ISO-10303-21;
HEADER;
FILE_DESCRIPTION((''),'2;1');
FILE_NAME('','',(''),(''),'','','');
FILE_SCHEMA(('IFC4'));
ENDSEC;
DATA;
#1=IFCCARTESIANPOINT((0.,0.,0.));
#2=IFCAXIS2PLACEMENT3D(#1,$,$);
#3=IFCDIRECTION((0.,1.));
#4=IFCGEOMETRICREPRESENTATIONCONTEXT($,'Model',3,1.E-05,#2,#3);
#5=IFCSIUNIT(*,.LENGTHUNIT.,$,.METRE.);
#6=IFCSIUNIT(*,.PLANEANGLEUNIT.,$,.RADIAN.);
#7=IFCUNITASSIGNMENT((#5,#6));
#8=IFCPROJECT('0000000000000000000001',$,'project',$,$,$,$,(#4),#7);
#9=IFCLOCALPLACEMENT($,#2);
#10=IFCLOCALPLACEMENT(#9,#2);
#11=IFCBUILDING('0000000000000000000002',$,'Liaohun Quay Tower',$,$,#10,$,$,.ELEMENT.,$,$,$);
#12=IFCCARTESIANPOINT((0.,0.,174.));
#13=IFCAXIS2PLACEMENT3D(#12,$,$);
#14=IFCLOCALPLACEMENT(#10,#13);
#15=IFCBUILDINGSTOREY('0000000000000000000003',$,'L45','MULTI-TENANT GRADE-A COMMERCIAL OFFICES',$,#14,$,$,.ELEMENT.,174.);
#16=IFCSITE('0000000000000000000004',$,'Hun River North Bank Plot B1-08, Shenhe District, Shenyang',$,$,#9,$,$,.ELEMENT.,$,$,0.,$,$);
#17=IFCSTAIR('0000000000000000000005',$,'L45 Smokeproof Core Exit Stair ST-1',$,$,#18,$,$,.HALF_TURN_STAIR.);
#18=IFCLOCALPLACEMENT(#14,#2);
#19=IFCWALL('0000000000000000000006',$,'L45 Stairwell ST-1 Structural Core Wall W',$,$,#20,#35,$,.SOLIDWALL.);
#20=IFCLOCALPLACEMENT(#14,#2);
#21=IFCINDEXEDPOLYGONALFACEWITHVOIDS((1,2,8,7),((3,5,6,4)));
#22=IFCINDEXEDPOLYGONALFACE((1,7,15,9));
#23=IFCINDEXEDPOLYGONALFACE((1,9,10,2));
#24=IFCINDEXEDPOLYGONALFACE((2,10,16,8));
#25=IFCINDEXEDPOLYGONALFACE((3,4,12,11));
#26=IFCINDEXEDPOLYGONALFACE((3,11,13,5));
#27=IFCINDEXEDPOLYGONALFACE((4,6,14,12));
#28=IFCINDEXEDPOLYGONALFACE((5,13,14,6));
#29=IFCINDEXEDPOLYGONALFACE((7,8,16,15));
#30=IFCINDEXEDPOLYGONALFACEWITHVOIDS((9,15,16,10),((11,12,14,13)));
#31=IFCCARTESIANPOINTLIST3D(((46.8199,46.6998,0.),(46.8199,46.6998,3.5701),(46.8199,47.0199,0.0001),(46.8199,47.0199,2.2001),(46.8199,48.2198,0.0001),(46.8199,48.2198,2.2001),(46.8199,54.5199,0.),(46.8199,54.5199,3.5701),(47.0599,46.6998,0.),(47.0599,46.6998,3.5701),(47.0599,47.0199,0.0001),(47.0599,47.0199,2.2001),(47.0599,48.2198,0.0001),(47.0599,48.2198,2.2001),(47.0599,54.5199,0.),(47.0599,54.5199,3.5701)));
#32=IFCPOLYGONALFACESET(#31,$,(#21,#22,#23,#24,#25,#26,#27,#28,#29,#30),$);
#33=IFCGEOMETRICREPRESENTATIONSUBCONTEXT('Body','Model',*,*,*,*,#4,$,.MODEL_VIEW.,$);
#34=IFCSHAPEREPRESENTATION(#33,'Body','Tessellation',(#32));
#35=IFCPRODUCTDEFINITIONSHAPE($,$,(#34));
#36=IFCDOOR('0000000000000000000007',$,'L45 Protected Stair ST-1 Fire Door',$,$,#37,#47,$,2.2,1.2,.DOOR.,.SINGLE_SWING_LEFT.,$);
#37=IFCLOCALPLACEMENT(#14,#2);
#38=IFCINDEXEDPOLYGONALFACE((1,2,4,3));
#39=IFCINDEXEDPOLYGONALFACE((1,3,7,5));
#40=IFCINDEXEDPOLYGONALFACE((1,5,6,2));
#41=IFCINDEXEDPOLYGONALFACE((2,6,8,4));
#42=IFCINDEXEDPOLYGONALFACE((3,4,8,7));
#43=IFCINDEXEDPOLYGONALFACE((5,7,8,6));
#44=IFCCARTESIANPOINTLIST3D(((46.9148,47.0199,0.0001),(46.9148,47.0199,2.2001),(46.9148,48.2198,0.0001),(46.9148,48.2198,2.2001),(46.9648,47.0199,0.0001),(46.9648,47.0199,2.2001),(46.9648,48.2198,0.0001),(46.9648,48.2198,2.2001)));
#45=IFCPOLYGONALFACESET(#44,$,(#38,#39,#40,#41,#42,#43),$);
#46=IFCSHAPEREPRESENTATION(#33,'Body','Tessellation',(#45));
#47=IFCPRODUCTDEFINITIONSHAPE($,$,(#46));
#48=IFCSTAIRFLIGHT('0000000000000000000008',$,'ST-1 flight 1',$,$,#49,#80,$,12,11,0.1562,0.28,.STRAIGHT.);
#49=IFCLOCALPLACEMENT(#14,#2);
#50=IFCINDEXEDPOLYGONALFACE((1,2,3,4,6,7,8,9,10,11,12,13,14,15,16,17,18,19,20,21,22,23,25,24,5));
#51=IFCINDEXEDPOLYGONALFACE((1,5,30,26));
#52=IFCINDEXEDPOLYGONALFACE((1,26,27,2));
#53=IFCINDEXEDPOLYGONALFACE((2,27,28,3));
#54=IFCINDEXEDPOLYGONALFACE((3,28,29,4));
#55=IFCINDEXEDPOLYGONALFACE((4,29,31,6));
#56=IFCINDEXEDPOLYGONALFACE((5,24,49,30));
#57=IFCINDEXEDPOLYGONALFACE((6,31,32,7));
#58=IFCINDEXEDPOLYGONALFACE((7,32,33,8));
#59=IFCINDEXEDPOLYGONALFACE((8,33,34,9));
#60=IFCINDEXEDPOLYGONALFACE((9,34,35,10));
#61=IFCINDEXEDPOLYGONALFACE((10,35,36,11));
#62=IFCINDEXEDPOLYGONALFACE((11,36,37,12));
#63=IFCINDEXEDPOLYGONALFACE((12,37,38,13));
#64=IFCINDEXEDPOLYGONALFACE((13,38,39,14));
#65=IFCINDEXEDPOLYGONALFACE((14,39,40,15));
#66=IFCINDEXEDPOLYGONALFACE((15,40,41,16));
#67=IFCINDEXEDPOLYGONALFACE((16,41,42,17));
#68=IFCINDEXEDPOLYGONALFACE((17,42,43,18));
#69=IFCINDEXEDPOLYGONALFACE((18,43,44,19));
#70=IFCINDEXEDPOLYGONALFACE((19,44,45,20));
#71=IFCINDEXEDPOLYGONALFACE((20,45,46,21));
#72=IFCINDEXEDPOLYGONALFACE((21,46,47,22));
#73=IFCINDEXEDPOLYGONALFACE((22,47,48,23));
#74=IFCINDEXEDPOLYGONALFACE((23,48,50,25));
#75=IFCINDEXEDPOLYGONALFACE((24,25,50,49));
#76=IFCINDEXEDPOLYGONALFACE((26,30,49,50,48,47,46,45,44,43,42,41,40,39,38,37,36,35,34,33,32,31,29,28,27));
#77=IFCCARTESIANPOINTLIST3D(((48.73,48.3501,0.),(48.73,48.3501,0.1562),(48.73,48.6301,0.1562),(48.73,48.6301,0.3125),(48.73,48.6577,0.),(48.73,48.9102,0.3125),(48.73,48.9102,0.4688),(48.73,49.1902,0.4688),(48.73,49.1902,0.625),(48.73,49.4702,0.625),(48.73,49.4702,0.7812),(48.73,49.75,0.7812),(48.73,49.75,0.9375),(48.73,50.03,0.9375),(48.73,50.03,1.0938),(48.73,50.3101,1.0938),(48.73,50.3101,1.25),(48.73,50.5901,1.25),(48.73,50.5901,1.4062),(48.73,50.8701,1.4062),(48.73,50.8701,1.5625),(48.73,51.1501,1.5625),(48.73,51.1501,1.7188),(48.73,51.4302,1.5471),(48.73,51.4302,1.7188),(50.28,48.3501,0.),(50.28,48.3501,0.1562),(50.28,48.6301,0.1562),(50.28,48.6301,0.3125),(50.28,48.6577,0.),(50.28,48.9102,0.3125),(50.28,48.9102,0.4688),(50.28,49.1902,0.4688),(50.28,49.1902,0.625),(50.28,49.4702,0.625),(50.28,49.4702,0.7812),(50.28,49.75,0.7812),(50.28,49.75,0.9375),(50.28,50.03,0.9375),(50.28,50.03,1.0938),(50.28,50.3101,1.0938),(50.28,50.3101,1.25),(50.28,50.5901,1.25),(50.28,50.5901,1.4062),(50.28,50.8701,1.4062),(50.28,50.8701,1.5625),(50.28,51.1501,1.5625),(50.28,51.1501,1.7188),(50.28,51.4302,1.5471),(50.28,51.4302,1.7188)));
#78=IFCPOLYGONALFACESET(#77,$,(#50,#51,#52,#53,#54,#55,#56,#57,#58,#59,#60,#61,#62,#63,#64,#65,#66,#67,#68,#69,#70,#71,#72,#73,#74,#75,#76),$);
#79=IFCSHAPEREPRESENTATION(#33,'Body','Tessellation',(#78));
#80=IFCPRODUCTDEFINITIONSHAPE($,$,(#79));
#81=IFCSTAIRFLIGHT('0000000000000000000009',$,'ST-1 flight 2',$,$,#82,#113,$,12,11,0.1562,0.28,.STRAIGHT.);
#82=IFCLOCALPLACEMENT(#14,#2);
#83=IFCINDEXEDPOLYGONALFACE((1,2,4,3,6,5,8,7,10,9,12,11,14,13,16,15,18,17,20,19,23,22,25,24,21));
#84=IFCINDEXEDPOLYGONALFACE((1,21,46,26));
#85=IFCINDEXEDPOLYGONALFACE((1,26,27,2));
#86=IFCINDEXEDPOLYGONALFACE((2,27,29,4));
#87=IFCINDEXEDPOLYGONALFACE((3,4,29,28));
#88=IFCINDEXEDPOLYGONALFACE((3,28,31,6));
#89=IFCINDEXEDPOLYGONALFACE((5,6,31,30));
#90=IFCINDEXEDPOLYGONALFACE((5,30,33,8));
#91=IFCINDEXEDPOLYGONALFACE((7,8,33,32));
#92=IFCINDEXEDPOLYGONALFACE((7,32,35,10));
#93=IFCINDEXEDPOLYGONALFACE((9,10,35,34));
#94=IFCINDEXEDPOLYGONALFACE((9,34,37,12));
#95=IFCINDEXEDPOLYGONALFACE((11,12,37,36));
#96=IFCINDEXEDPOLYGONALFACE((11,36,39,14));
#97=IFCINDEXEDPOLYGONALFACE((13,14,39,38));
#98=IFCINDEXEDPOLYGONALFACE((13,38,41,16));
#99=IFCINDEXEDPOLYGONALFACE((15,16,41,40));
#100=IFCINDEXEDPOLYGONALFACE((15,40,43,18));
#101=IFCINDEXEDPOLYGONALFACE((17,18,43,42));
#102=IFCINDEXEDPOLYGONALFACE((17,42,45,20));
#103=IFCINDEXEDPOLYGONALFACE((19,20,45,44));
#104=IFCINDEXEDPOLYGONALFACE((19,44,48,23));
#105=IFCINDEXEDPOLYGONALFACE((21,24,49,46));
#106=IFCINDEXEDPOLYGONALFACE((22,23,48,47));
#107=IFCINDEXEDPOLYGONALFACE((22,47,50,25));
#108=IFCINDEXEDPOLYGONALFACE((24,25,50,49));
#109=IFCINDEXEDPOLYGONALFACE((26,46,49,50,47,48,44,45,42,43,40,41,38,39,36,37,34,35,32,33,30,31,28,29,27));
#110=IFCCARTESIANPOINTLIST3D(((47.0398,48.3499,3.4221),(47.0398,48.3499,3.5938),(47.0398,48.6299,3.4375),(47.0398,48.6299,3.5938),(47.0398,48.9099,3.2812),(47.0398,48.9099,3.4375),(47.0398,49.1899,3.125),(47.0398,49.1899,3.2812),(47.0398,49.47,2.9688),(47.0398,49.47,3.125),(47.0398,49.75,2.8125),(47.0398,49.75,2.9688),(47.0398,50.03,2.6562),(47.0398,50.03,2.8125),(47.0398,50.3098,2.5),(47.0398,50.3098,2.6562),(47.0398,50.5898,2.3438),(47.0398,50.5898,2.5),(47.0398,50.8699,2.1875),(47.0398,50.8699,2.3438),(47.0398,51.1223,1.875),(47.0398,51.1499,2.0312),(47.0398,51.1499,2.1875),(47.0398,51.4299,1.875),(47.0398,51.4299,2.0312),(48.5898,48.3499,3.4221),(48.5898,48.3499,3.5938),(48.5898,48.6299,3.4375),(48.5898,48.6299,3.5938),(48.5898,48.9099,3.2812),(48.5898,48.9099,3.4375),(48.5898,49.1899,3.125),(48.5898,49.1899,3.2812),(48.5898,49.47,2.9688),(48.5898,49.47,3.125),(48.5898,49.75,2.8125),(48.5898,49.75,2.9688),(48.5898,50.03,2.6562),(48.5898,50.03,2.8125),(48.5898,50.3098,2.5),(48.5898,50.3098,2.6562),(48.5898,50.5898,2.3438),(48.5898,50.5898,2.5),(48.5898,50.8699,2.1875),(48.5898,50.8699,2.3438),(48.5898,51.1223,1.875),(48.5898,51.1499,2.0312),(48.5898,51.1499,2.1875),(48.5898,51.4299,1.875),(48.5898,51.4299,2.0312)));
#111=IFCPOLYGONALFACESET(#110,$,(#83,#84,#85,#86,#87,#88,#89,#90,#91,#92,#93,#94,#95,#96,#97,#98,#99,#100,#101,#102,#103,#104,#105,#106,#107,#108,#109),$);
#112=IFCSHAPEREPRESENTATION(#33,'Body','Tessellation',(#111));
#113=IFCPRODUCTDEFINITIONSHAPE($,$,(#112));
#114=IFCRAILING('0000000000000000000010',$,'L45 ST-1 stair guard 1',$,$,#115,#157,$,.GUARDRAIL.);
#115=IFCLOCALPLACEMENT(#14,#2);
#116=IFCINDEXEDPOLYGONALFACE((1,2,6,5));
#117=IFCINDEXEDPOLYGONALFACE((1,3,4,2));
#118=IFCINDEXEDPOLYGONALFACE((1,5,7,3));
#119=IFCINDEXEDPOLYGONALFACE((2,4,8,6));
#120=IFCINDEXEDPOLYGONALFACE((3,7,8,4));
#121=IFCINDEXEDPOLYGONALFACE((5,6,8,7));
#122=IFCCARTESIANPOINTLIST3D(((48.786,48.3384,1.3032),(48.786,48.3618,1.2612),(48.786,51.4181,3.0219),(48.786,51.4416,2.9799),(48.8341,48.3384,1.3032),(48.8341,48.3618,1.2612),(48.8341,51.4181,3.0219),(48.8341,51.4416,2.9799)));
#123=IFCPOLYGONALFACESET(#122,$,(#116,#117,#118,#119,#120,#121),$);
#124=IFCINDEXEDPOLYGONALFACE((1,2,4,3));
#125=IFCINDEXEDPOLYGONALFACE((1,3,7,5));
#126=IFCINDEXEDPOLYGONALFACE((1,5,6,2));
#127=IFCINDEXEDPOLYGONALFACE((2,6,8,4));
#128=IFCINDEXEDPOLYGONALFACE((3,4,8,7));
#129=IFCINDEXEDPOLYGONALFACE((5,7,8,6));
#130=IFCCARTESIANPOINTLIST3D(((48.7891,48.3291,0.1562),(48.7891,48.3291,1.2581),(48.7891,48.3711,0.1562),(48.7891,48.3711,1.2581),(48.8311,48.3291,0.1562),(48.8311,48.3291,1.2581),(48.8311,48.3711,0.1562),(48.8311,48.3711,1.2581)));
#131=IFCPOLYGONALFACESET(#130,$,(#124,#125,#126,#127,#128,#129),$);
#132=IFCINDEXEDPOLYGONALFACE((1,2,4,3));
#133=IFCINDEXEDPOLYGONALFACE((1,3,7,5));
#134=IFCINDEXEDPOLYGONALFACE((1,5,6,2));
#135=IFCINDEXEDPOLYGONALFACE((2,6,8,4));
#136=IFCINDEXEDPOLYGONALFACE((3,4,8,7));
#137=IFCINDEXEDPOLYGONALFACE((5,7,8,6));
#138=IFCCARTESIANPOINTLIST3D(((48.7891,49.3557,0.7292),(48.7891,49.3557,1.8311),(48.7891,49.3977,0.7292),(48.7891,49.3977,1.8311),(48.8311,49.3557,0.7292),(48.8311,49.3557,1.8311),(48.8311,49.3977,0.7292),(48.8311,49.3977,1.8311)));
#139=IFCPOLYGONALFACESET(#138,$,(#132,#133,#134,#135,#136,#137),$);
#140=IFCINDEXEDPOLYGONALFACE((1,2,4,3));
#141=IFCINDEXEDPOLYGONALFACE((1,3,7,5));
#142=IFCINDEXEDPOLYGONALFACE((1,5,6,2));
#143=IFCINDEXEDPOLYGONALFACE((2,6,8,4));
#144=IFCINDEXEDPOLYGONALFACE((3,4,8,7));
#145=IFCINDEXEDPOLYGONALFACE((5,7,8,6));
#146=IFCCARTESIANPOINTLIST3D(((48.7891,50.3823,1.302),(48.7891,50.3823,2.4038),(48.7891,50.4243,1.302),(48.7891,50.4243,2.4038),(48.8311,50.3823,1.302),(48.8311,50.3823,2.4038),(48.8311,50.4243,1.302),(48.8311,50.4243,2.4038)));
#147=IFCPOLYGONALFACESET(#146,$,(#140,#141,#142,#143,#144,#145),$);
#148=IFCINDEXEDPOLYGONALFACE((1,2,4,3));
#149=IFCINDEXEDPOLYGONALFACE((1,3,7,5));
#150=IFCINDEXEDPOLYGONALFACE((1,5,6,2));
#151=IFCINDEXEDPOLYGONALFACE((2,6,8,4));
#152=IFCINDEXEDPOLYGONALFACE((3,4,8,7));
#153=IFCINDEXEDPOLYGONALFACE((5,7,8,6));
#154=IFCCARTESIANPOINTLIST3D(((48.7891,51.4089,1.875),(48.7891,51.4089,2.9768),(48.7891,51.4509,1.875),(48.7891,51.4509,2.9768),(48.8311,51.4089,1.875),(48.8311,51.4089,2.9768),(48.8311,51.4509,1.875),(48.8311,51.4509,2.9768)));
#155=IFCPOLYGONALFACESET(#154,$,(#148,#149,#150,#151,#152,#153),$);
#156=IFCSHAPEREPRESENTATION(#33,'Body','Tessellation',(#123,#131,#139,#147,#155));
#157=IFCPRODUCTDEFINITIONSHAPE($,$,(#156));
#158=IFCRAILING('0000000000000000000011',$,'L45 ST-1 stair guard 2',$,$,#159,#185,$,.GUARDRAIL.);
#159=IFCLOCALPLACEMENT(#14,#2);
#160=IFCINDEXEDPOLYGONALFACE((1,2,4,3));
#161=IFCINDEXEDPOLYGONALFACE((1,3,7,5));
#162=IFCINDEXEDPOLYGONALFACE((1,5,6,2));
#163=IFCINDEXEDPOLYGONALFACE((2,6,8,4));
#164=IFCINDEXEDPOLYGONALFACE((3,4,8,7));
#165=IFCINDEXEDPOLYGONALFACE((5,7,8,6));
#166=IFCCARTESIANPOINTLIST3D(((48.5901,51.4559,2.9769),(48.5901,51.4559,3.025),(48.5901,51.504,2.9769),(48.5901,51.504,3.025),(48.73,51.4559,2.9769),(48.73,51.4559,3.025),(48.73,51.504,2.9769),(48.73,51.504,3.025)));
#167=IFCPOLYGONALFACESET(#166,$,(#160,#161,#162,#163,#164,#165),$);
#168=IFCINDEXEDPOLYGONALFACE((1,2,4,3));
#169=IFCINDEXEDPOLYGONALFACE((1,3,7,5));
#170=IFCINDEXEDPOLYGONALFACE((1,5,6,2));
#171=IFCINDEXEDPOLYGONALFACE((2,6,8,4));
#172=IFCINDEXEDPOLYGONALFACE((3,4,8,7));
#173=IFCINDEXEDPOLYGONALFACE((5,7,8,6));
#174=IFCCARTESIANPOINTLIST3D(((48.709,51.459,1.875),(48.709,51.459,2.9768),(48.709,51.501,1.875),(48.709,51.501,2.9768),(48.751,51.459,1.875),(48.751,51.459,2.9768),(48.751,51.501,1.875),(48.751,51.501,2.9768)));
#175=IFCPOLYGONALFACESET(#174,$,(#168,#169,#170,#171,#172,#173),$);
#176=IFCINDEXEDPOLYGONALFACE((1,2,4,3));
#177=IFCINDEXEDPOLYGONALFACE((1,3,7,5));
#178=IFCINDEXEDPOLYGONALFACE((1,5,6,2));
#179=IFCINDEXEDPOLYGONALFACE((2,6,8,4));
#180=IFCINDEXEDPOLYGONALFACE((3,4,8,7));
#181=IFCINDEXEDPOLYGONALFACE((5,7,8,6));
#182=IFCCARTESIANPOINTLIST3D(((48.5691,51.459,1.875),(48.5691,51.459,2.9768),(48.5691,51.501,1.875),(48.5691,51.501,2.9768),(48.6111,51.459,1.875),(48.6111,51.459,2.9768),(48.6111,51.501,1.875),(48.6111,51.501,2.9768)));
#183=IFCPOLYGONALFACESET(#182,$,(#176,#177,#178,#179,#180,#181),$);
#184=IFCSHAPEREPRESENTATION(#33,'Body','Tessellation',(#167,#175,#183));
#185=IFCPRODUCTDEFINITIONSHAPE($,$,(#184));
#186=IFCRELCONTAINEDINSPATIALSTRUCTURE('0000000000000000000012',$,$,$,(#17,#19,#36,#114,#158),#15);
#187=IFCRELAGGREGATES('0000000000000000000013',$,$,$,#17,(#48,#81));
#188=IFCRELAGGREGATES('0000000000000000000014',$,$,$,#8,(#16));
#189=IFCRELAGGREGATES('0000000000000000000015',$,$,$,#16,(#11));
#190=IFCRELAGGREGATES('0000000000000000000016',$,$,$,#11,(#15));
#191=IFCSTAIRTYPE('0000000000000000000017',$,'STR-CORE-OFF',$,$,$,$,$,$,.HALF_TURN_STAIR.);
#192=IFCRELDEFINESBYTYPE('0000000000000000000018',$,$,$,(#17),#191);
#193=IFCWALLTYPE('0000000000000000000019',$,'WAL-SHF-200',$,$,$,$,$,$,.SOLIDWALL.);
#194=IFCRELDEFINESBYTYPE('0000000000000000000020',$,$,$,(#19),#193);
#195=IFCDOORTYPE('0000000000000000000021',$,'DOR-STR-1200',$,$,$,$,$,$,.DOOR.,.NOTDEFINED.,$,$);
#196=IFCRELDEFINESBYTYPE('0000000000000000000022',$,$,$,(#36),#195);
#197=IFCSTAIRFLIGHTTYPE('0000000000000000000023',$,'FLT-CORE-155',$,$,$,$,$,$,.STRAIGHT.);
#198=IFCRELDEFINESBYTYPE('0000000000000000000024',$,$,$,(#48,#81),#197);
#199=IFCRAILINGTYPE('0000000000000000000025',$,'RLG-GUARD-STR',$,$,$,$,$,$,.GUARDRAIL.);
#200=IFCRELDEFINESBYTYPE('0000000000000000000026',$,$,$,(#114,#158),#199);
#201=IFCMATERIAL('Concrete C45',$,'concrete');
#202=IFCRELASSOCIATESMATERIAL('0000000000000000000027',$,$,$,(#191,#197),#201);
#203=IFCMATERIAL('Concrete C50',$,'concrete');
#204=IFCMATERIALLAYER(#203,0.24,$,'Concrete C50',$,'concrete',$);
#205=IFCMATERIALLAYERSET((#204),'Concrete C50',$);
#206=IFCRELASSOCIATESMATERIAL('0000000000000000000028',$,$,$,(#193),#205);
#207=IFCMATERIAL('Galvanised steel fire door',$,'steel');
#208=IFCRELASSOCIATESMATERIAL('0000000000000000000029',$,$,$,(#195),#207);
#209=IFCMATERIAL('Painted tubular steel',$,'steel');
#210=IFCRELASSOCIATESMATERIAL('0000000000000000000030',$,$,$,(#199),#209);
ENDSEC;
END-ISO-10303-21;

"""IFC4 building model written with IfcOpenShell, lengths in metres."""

from ifc_helpers import new_model, si_unit, direction, frame, frame_2d, origin, origin_2d, place, context, subcontext, project, spatial, polyline, rectangle, outline, extrude, source, transform, mapped, material, layer, layer_set, type_object, element, fill, aggregate, save


model = new_model("IFC4")

# Units and contexts
model_context = context("Model", 3, precision=1e-05, world=origin(), true_north=direction((0.0, 1.0)))
body_context = subcontext(model_context, "Body", "Model", "MODEL_VIEW")
ifc_project = project(units=[si_unit("LENGTHUNIT", "METRE"), si_unit("PLANEANGLEUNIT", "RADIAN")], contexts=[model_context])

# Site, building, storey
site_placement = place(None, origin())
site = spatial("IfcSite", under=ifc_project, at=site_placement, Name="Hun River North Bank Plot B1-08, Shenhe District, Shenyang", CompositionType="ELEMENT", RefElevation=0.0)
building_placement = place(site_placement, origin())
building = spatial("IfcBuilding", under=site, at=building_placement, Name="Liaohun Quay Tower", CompositionType="ELEMENT")
storey_placement = place(building_placement, frame((0.0, 0.0, 174.0)))
storey = spatial("IfcBuildingStorey", under=building, at=storey_placement, Name="L45", Description="MULTI-TENANT GRADE-A COMMERCIAL OFFICES", CompositionType="ELEMENT", Elevation=174.0)

# Stair
ifc_material_1 = material(Name="Concrete C45", Category="concrete")
stair_type = type_object("IfcStairType", Name="STR-CORE-OFF", PredefinedType="HALF_TURN_STAIR", material=ifc_material_1)
stair_1_placement = place(storey_placement, origin())
stair_1 = element("IfcStair", 1, at=stair_1_placement, inside=storey, type_object=stair_type, Name="L45 Smokeproof Core Exit Stair ST-1", PredefinedType="HALF_TURN_STAIR")

# Shared definitions
ifc_material_2 = material(Name="Concrete C50", Category="concrete")
ifc_layer_1 = layer(ifc_material_2, 0.24, Name="Concrete C50", Category="concrete")
ifc_layer_set_1 = layer_set([ifc_layer_1], Name="Concrete C50")
wall_type_1 = type_object("IfcWallType", Name="WAL-SHF-200", PredefinedType="SOLIDWALL", material=ifc_layer_set_1)

# Wall, opening, door
wall_1_placement = place(storey_placement, frame((46.9399, 54.52, 0.0), z_axis=(0.0, 0.0, 1.0), x_axis=(0.0, -1.0, 0.0)))
wall_1 = element("IfcWall", 2, at=wall_1_placement, inside=storey, type_object=wall_type_1, Name="L45 Stairwell ST-1 Structural Core Wall W", PredefinedType="SOLIDWALL", context=body_context, shape_type="SweptSolid", body=[
    extrude(rectangle(XDim=7.8201, YDim=0.24, at=frame_2d((3.9102, 0.0))), origin(), (0.0, 0.0, 1.0), 3.5701),
])
shared_shape_1 = source(origin(), body_context, "Body", "SweptSolid", [
    extrude(rectangle(XDim=1.2, YDim=2.2, at=frame_2d((0.6001, 1.1001))), frame((0.0, 0.1299, 0.0), z_axis=(0.0, -1.0, 0.0), x_axis=(1.0, 0.0, 0.0)), (0.0, 0.0, 1.0), 0.26),
])
opening_1_placement = place(wall_1_placement, frame((6.3, 0.0, 0.0)))
opening_1 = element("IfcOpeningElement", 3, at=opening_1_placement, cuts=wall_1, PredefinedType="OPENING", context=body_context, shape_type="MappedRepresentation", body=[
    mapped(shared_shape_1, transform((0.0, 0.0, 0.0), x_axis=(1.0, 0.0, 0.0), y_axis=(0.0, 1.0, 0.0), z_axis=(0.0, 0.0, 1.0), scale=1.0)),
])
ifc_material_3 = material(Name="Galvanised steel fire door", Category="steel")
door_type_1 = type_object("IfcDoorType", Name="DOR-STR-1200", OperationType="NOTDEFINED", PredefinedType="DOOR", material=ifc_material_3)
shared_shape_2 = source(origin(), body_context, "Body", "SweptSolid", [
    extrude(rectangle(XDim=1.2, YDim=2.2, at=frame_2d((0.6001, 1.1001))), frame((0.0, 0.0249, 0.0), z_axis=(0.0, -1.0, 0.0), x_axis=(1.0, 0.0, 0.0)), (0.0, 0.0, 1.0), 0.05),
])
door_1_placement = place(opening_1_placement, origin())
door_1 = element("IfcDoor", 4, at=door_1_placement, inside=storey, type_object=door_type_1, Name="L45 Protected Stair ST-1 Fire Door", OperationType="SINGLE_SWING_LEFT", OverallHeight=2.2, OverallWidth=1.2, PredefinedType="DOOR", context=body_context, shape_type="MappedRepresentation", body=[
    mapped(shared_shape_2, transform((0.0, 0.0, 0.0), x_axis=(1.0, 0.0, 0.0), y_axis=(0.0, 1.0, 0.0), z_axis=(0.0, 0.0, 1.0), scale=1.0)),
])
fill(opening_1, door_1)

# Stair flights
stair_flight_type = type_object("IfcStairFlightType", Name="FLT-CORE-155", PredefinedType="STRAIGHT", material=ifc_material_1)
stair_flight_1_placement = place(storey_placement, frame((49.5049, 48.3501, 0.0), z_axis=(0.0, 0.0, 1.0), x_axis=(0.0, 1.0, 0.0)))
stair_flight_1 = element("IfcStairFlight", 5, at=stair_flight_1_placement, type_object=stair_flight_type, Name="ST-1 flight 1", NumberOfRisers=12, NumberOfTreads=11, PredefinedType="STRAIGHT", RiserHeight=0.1562, TreadLength=0.28, context=body_context, shape_type="SweptSolid", body=[
    extrude(outline(polyline([(0.0, 0.0), (0.0, 0.1562), (0.28, 0.1562), (0.28, 0.3125), (0.5601, 0.3125), (0.5601, 0.4688), (0.8401, 0.4688), (0.8401, 0.625), (1.1201, 0.625), (1.1201, 0.7812), (1.3999, 0.7812), (1.3999, 0.9375), (1.6799, 0.9375), (1.6799, 1.0938), (1.96, 1.0938), (1.96, 1.25), (2.24, 1.25), (2.24, 1.4062), (2.52, 1.4062), (2.52, 1.5625), (2.8, 1.5625), (2.8, 1.7188), (3.0801, 1.7188), (3.0801, 1.875), (3.0801, 1.5471), (0.3076, 0.0), (0.0, 0.0)])), frame((0.0, 0.7749, 0.0), z_axis=(0.0, -1.0, 0.0), x_axis=(1.0, 0.0, 0.0)), (0.0, 0.0, 1.0), 1.55),
])
stair_flight_2_placement = place(storey_placement, frame((47.8149, 51.4299, 1.875), z_axis=(0.0, 0.0, 1.0), x_axis=(0.0, -1.0, 0.0)))
stair_flight_2 = element("IfcStairFlight", 6, at=stair_flight_2_placement, type_object=stair_flight_type, Name="ST-1 flight 2", NumberOfRisers=12, NumberOfTreads=11, PredefinedType="STRAIGHT", RiserHeight=0.1562, TreadLength=0.28, context=body_context, shape_type="SweptSolid", body=[
    extrude(outline(polyline([(0.0, 0.0), (0.0, 0.1562), (0.28, 0.1562), (0.28, 0.3125), (0.5601, 0.3125), (0.5601, 0.4688), (0.8401, 0.4688), (0.8401, 0.625), (1.1201, 0.625), (1.1201, 0.7812), (1.3999, 0.7812), (1.3999, 0.9375), (1.6799, 0.9375), (1.6799, 1.0938), (1.96, 1.0938), (1.96, 1.25), (2.24, 1.25), (2.24, 1.4062), (2.52, 1.4062), (2.52, 1.5625), (2.8, 1.5625), (2.8, 1.7188), (3.0801, 1.7188), (3.0801, 1.875), (3.0801, 1.5471), (0.3076, 0.0), (0.0, 0.0)])), frame((0.0, 0.7749, 0.0), z_axis=(0.0, -1.0, 0.0), x_axis=(1.0, 0.0, 0.0)), (0.0, 0.0, 1.0), 1.55),
])
aggregate(stair_1, [stair_flight_1, stair_flight_2])

# Railings
ifc_material_4 = material(Name="Painted tubular steel", Category="steel")
railing_type_1 = type_object("IfcRailingType", Name="RLG-GUARD-STR", PredefinedType="GUARDRAIL", material=ifc_material_4)
railing_1_placement = place(storey_placement, frame((48.8101, 48.3501, 0.1562)))
element("IfcRailing", 7, at=railing_1_placement, inside=storey, type_object=railing_type_1, Name="L45 ST-1 stair guard 1", PredefinedType="GUARDRAIL", context=body_context, shape_type="SweptSolid", body=[
    extrude(rectangle(XDim=0.0481, YDim=0.0481, at=origin_2d()), frame((0.0, 0.0, 1.126), z_axis=(0.0, 0.873225, 0.487317), x_axis=(-1.0, 0.0, 0.0)), (0.0, 0.0, 1.0), 3.5269),
    extrude(rectangle(XDim=0.042, YDim=0.042, at=origin_2d()), origin(), (0.0, 0.0, 1.0), 1.1018),
    extrude(rectangle(XDim=0.042, YDim=0.042, at=origin_2d()), frame((0.0, 1.0266, 0.573)), (0.0, 0.0, 1.0), 1.1018),
    extrude(rectangle(XDim=0.042, YDim=0.042, at=origin_2d()), frame((0.0, 2.0532, 1.1458)), (0.0, 0.0, 1.0), 1.1018),
    extrude(rectangle(XDim=0.042, YDim=0.042, at=origin_2d()), frame((0.0, 3.0798, 1.7188)), (0.0, 0.0, 1.0), 1.1018),
])
railing_2_placement = place(storey_placement, frame((48.73, 51.48, 1.875)))
element("IfcRailing", 8, at=railing_2_placement, inside=storey, type_object=railing_type_1, Name="L45 ST-1 stair guard 2", PredefinedType="GUARDRAIL", context=body_context, shape_type="SweptSolid", body=[
    extrude(rectangle(XDim=0.0481, YDim=0.0481, at=origin_2d()), frame((0.0, 0.0, 1.126), z_axis=(-1.0, 0.0, 0.0), x_axis=(0.0, -1.0, 0.0)), (0.0, 0.0, 1.0), 0.1399),
    extrude(rectangle(XDim=0.042, YDim=0.042, at=origin_2d()), origin(), (0.0, 0.0, 1.0), 1.1018),
    extrude(rectangle(XDim=0.042, YDim=0.042, at=origin_2d()), frame((-0.1399, 0.0, 0.0)), (0.0, 0.0, 1.0), 1.1018),
])

save(model, "model.ifc")
